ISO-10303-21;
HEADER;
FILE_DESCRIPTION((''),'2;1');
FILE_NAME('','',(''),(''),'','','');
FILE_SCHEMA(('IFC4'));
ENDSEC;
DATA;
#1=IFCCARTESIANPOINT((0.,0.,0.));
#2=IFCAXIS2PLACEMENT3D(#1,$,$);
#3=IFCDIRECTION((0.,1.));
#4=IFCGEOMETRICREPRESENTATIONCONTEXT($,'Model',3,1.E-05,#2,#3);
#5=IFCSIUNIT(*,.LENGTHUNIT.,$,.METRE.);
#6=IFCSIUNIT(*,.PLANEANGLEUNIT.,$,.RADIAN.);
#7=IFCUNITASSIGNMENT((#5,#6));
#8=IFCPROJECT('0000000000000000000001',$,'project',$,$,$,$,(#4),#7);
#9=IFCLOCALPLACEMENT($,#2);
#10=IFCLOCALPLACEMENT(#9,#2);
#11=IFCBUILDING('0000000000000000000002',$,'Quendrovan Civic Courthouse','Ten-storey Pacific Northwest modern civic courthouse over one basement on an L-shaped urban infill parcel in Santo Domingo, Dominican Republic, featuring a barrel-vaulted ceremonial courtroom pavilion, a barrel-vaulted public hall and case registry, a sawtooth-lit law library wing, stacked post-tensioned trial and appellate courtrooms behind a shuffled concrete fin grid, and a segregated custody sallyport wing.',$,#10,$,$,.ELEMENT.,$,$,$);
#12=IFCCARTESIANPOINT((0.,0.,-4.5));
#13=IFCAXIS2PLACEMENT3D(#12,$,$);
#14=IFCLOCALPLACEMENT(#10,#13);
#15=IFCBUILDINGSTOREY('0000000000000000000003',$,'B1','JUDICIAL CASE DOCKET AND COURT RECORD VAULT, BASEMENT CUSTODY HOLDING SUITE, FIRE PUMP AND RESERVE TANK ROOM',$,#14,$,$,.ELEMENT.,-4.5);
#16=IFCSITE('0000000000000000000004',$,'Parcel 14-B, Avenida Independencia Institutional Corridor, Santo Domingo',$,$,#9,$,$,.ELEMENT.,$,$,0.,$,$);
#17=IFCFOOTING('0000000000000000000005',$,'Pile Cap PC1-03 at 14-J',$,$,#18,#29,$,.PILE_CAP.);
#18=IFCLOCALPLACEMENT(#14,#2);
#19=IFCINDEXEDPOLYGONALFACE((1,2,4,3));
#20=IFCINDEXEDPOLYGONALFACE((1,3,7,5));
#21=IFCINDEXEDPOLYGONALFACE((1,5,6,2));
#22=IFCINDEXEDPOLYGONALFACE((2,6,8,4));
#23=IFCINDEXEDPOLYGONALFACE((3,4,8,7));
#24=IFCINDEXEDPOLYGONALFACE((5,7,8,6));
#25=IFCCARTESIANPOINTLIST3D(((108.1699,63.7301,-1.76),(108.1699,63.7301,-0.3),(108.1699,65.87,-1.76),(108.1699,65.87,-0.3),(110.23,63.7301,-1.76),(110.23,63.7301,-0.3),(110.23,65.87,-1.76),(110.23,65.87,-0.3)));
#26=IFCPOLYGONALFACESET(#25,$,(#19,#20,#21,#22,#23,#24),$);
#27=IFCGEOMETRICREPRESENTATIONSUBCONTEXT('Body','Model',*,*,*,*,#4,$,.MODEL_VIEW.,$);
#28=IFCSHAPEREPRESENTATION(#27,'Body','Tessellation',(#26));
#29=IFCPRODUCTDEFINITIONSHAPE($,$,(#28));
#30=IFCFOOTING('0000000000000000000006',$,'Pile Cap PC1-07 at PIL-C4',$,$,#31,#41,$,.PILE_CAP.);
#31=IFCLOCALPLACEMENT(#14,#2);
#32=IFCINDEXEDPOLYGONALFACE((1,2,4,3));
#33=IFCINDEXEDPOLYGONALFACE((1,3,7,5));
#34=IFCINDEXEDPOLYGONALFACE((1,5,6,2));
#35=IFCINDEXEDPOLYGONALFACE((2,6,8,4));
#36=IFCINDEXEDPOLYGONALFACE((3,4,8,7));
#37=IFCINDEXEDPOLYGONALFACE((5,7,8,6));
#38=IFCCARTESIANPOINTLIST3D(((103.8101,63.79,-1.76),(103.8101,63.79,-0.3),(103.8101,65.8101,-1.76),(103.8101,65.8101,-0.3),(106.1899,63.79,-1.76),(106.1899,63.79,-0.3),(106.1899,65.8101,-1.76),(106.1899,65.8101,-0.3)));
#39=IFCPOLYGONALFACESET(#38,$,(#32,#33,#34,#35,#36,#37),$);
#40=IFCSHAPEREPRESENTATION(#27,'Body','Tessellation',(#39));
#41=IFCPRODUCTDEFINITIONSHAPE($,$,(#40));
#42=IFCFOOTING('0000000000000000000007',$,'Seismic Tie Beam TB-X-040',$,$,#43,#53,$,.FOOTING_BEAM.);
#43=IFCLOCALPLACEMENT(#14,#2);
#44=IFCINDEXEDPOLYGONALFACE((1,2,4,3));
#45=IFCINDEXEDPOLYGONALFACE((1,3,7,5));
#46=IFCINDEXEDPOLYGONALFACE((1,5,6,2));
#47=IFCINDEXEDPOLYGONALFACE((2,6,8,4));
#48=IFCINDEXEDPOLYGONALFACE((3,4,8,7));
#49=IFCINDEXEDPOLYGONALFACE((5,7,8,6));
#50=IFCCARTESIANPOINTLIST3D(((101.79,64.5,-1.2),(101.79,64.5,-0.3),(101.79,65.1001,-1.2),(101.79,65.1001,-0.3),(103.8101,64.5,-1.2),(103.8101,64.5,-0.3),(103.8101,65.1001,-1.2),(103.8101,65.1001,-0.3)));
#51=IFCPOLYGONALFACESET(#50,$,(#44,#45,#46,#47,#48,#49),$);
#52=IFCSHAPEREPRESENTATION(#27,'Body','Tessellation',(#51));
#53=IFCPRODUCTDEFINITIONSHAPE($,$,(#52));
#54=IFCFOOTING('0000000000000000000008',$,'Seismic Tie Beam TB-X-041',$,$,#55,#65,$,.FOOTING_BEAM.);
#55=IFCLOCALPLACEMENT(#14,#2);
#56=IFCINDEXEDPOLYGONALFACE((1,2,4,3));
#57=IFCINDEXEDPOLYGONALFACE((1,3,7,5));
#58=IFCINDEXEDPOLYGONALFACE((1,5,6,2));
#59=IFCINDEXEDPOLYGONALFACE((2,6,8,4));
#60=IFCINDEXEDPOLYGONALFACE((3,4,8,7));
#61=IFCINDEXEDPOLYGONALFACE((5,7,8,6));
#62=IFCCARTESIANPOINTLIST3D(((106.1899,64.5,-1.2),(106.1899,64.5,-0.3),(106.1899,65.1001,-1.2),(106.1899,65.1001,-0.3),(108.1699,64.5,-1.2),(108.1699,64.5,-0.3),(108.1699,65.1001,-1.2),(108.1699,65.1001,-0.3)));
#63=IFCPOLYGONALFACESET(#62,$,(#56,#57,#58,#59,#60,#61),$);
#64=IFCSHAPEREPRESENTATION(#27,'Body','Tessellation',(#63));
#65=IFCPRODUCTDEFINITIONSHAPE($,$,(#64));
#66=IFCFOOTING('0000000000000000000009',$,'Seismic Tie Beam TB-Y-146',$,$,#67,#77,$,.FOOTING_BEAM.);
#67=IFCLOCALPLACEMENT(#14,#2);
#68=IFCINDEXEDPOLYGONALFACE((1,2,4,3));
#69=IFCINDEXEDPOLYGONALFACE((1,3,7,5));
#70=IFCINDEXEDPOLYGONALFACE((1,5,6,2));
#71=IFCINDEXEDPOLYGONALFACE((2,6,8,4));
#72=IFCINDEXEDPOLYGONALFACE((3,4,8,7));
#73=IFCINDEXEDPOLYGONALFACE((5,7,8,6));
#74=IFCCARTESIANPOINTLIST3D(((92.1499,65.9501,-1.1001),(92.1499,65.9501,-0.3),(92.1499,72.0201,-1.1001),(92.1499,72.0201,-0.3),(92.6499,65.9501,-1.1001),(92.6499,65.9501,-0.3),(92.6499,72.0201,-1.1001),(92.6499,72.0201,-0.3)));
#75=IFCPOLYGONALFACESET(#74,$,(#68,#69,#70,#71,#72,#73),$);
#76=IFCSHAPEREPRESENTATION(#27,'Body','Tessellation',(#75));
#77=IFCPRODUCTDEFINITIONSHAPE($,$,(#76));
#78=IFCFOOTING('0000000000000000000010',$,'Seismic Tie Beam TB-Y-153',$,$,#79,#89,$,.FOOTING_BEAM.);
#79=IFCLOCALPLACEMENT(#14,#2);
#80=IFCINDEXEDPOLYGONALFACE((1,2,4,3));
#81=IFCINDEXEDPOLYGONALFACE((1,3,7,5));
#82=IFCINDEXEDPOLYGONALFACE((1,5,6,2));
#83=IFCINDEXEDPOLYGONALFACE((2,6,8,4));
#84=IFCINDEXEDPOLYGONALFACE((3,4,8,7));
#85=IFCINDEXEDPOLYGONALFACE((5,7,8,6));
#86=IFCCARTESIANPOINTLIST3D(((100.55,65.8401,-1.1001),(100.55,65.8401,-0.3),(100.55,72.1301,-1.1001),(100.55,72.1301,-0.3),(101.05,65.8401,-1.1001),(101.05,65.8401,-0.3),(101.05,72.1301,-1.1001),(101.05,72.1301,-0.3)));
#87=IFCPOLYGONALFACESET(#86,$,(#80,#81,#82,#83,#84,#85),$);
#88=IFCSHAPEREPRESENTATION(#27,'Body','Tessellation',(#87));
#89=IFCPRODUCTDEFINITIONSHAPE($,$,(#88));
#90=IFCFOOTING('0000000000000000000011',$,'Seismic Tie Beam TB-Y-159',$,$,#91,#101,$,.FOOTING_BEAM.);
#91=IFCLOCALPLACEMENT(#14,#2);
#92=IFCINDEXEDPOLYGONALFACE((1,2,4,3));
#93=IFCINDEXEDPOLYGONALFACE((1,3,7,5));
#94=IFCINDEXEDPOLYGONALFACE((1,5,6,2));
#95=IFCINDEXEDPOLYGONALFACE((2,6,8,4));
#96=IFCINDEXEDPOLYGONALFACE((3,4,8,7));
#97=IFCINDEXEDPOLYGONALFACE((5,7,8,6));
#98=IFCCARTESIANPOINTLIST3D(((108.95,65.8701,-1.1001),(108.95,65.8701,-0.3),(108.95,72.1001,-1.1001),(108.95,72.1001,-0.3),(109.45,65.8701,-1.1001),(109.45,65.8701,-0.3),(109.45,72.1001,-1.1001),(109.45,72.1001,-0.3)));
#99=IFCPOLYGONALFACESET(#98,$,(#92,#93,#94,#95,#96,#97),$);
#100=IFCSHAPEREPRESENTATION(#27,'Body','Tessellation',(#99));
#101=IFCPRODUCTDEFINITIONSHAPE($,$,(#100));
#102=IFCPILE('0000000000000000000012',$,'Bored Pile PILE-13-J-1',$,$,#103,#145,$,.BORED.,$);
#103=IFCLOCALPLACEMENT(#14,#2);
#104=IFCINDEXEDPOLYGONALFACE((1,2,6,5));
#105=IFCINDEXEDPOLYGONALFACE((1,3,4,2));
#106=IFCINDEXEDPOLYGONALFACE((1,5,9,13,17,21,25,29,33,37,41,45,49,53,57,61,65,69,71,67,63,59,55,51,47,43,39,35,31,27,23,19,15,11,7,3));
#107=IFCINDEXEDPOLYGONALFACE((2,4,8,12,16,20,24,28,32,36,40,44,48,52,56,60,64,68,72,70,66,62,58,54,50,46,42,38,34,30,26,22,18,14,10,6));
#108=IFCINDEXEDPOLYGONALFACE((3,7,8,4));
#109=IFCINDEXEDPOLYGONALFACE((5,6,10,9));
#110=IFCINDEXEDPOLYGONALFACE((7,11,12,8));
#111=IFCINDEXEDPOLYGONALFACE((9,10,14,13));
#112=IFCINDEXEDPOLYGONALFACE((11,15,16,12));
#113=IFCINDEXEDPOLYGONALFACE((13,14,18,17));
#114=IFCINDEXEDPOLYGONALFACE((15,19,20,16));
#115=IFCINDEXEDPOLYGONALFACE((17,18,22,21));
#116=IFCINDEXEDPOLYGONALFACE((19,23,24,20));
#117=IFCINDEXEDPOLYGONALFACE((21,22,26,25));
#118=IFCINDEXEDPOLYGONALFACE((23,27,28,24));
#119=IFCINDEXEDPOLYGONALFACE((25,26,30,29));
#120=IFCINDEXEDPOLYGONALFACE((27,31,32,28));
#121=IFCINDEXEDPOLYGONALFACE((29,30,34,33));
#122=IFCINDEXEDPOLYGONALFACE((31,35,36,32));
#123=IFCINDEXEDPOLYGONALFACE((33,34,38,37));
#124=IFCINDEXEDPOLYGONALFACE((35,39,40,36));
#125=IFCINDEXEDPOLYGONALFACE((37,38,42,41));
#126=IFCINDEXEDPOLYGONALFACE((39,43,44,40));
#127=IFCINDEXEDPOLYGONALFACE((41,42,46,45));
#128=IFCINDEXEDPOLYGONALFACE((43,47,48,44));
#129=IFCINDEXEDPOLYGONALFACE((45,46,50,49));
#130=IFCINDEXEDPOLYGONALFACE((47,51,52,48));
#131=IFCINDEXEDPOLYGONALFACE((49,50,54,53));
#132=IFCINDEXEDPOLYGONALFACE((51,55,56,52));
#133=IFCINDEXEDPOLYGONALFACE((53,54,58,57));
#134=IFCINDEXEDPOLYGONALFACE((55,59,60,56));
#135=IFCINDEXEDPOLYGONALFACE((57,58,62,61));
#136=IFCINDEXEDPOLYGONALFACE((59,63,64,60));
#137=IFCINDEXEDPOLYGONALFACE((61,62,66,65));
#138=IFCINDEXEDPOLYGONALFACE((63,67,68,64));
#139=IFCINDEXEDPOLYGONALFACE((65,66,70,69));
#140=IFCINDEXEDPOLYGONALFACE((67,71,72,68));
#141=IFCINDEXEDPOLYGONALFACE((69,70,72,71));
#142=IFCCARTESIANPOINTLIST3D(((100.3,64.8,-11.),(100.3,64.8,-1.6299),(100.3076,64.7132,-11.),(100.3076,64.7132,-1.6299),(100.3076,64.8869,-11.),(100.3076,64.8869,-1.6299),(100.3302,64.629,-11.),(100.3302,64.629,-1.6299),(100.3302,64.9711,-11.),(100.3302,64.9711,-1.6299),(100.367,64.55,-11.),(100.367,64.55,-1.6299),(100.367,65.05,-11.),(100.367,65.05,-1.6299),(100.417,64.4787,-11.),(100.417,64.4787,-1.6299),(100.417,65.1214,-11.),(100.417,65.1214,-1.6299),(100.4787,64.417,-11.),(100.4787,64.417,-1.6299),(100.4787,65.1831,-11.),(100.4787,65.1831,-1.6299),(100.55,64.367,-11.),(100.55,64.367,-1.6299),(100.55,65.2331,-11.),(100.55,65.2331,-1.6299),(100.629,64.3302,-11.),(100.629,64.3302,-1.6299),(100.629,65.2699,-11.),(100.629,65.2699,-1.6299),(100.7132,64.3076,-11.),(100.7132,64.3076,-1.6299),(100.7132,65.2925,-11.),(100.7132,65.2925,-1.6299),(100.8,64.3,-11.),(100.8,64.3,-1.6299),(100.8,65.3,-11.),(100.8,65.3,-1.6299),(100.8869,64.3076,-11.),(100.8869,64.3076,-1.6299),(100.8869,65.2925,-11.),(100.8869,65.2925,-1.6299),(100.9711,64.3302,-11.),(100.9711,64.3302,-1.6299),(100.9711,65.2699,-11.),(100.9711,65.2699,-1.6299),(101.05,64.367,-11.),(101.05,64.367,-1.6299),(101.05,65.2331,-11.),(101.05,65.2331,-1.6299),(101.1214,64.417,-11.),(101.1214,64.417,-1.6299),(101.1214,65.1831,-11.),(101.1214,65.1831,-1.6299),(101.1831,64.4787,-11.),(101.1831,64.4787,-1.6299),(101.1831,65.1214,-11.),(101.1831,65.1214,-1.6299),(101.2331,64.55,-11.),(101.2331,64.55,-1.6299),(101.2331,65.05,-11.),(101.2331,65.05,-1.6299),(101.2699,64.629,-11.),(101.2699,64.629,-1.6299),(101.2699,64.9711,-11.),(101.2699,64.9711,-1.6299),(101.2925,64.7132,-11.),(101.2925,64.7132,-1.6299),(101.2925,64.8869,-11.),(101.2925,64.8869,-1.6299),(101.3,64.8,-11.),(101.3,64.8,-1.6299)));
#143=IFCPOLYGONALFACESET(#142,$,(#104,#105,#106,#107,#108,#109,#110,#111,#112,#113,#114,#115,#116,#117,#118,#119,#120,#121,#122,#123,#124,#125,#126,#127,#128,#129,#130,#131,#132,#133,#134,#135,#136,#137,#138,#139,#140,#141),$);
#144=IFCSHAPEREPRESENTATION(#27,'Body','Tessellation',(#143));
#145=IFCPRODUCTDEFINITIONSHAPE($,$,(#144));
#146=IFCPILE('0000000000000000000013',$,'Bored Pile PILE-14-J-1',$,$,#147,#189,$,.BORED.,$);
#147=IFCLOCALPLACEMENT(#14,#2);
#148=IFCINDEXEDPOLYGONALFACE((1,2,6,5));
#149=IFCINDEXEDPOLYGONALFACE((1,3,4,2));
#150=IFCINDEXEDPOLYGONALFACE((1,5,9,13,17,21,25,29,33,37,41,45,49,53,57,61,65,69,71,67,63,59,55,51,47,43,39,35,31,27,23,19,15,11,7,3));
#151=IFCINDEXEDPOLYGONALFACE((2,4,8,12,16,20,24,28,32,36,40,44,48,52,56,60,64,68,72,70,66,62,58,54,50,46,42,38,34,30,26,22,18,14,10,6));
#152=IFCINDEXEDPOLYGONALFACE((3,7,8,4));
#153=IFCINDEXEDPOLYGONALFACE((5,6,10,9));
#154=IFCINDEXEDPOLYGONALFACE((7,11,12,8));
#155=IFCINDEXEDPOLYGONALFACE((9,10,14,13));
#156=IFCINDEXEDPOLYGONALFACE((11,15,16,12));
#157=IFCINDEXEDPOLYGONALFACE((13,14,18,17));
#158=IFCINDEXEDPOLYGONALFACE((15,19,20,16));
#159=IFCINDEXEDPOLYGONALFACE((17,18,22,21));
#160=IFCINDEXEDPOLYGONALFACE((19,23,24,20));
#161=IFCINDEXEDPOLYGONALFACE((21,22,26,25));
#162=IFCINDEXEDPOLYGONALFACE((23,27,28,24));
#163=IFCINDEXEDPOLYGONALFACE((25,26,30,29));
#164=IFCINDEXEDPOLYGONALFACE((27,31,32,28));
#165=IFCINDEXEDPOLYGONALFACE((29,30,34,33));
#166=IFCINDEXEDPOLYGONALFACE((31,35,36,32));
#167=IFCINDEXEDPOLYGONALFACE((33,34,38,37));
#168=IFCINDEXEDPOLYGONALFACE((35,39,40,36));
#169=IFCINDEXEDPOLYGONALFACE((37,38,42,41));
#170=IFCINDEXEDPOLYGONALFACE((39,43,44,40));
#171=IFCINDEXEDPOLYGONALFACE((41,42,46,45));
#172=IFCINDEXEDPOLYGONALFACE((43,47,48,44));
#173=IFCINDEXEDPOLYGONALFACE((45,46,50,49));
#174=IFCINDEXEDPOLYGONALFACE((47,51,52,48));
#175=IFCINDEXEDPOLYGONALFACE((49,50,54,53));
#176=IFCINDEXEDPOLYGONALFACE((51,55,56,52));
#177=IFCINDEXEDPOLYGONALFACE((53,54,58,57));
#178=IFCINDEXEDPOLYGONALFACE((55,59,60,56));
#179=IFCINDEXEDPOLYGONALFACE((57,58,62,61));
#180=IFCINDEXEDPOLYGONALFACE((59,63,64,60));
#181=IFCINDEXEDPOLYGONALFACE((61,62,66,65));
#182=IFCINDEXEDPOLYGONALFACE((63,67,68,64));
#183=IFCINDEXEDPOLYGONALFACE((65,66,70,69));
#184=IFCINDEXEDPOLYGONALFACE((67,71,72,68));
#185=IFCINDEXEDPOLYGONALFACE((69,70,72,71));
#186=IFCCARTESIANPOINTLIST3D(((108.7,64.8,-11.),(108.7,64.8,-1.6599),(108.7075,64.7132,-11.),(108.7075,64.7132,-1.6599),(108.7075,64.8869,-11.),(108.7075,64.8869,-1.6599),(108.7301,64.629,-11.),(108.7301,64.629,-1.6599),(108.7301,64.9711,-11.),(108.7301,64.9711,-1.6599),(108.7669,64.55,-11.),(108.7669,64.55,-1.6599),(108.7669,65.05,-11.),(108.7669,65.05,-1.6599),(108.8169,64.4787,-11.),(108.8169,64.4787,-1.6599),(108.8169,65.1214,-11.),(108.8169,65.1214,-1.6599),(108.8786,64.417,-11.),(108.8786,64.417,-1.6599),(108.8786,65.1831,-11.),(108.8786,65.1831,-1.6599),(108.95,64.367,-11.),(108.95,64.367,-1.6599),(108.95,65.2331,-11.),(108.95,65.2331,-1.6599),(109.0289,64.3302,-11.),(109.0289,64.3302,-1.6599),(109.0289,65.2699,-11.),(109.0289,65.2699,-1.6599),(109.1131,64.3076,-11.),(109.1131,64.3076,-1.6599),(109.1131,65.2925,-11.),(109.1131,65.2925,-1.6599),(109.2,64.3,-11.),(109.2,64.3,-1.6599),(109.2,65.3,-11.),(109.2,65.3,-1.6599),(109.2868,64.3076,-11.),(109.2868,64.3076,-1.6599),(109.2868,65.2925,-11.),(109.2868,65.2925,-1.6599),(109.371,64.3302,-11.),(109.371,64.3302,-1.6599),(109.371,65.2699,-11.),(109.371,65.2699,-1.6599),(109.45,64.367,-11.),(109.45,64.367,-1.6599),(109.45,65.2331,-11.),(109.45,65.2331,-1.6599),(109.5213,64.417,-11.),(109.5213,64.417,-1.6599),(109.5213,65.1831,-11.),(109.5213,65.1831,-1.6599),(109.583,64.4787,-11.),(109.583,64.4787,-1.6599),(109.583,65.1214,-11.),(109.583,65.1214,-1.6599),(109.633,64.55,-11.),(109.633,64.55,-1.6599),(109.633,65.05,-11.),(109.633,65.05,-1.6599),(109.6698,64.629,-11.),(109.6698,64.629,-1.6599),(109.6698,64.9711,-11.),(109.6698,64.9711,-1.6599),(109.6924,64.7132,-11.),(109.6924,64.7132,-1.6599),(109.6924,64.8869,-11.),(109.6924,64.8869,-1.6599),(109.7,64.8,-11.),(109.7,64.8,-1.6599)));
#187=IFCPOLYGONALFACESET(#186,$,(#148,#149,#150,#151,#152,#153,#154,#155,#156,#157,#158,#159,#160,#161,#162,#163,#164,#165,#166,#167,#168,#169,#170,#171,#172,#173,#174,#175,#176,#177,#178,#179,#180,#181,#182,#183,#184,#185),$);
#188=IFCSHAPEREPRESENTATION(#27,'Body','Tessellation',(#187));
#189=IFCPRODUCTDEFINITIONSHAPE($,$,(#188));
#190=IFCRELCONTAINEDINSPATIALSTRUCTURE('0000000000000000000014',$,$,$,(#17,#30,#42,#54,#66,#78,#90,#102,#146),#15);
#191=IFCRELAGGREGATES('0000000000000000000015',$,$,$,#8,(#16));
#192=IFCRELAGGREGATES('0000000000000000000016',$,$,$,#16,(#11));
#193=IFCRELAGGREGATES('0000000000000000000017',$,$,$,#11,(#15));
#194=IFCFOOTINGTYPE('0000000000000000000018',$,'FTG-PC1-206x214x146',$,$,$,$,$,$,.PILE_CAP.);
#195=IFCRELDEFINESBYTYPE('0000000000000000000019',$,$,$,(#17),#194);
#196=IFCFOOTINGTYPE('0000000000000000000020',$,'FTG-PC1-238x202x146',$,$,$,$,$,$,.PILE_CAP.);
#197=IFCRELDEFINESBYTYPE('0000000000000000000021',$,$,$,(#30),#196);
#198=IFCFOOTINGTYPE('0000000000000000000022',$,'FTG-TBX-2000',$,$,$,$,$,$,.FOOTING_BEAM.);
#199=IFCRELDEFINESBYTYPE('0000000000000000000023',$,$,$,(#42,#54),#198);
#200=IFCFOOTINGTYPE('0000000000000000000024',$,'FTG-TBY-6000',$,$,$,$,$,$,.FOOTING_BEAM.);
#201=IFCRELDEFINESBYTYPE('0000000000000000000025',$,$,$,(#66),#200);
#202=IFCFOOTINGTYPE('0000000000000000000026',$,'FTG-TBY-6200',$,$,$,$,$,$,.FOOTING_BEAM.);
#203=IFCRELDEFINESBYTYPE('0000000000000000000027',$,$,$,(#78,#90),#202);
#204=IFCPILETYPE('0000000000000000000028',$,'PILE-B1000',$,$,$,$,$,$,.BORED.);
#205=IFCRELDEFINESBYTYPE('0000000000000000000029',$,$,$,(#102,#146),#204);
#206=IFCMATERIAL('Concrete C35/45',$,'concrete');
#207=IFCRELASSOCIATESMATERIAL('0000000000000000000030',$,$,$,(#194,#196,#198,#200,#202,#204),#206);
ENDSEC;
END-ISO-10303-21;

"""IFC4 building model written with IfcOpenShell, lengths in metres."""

from ifc_helpers import new_model, si_unit, direction, frame, origin, origin_2d, place, context, subcontext, project, spatial, rectangle, circle, extrude, material, material_profile, profile_set, type_object, element, save


model = new_model("IFC4")

# Units and contexts
model_context = context("Model", 3, precision=1e-05, world=origin(), true_north=direction((0.0, 1.0)))
body_context = subcontext(model_context, "Body", "Model", "MODEL_VIEW")
ifc_project = project(units=[si_unit("LENGTHUNIT", "METRE"), si_unit("PLANEANGLEUNIT", "RADIAN")], contexts=[model_context])

# Site, building, storey
site_placement = place(None, origin())
site = spatial("IfcSite", under=ifc_project, at=site_placement, Name="Parcel 14-B, Avenida Independencia Institutional Corridor, Santo Domingo", CompositionType="ELEMENT", RefElevation=0.0)
building_placement = place(site_placement, origin())
building = spatial("IfcBuilding", under=site, at=building_placement, Name="Quendrovan Civic Courthouse", Description="Ten-storey Pacific Northwest modern civic courthouse over one basement on an L-shaped urban infill parcel in Santo Domingo, Dominican Republic, featuring a barrel-vaulted ceremonial courtroom pavilion, a barrel-vaulted public hall and case registry, a sawtooth-lit law library wing, stacked post-tensioned trial and appellate courtrooms behind a shuffled concrete fin grid, and a segregated custody sallyport wing.", CompositionType="ELEMENT")
storey_placement = place(building_placement, frame((0.0, 0.0, -4.5)))
storey = spatial("IfcBuildingStorey", under=building, at=storey_placement, Name="B1", Description="JUDICIAL CASE DOCKET AND COURT RECORD VAULT, BASEMENT CUSTODY HOLDING SUITE, FIRE PUMP AND RESERVE TANK ROOM", CompositionType="ELEMENT", Elevation=-4.5)

# Footings
ifc_material_1 = material(Name="Concrete C35/45", Category="concrete")
footing_type_1 = type_object("IfcFootingType", Name="FTG-PC1-206x214x146", PredefinedType="PILE_CAP", material=ifc_material_1)
footing_1_placement = place(storey_placement, frame((109.2, 64.8, -1.76), z_axis=(0.0, 0.0, 1.0), x_axis=(1.0, 0.0, 0.0)))
element("IfcFooting", 1, at=footing_1_placement, inside=storey, type_object=footing_type_1, Name="Pile Cap PC1-03 at 14-J", PredefinedType="PILE_CAP", context=body_context, shape_type="SweptSolid", body=[
    extrude(rectangle(XDim=2.0601, YDim=2.1399, at=origin_2d()), origin(), (0.0, 0.0, 1.0), 1.46),
])
footing_type_2 = type_object("IfcFootingType", Name="FTG-PC1-238x202x146", PredefinedType="PILE_CAP", material=ifc_material_1)
footing_2_placement = place(storey_placement, frame((105.0, 64.8, -1.76), z_axis=(0.0, 0.0, 1.0), x_axis=(1.0, 0.0, 0.0)))
element("IfcFooting", 2, at=footing_2_placement, inside=storey, type_object=footing_type_2, Name="Pile Cap PC1-07 at PIL-C4", PredefinedType="PILE_CAP", context=body_context, shape_type="SweptSolid", body=[
    extrude(rectangle(XDim=2.3799, YDim=2.02, at=origin_2d()), origin(), (0.0, 0.0, 1.0), 1.46),
])
footing_type_3 = type_object("IfcFootingType", Name="FTG-TBX-2000", PredefinedType="FOOTING_BEAM", material=ifc_material_1)
footing_3_placement = place(storey_placement, frame((102.8, 64.8, -1.2), z_axis=(0.0, 0.0, 1.0), x_axis=(1.0, 0.0, 0.0)))
element("IfcFooting", 3, at=footing_3_placement, inside=storey, type_object=footing_type_3, Name="Seismic Tie Beam TB-X-040", PredefinedType="FOOTING_BEAM", context=body_context, shape_type="SweptSolid", body=[
    extrude(rectangle(XDim=2.02, YDim=0.6001, at=origin_2d()), origin(), (0.0, 0.0, 1.0), 0.8999),
])
footing_4_placement = place(storey_placement, frame((107.1799, 64.8, -1.2), z_axis=(0.0, 0.0, 1.0), x_axis=(1.0, 0.0, 0.0)))
element("IfcFooting", 4, at=footing_4_placement, inside=storey, type_object=footing_type_3, Name="Seismic Tie Beam TB-X-041", PredefinedType="FOOTING_BEAM", context=body_context, shape_type="SweptSolid", body=[
    extrude(rectangle(XDim=1.98, YDim=0.6001, at=origin_2d()), origin(), (0.0, 0.0, 1.0), 0.8999),
])
footing_type_4 = type_object("IfcFootingType", Name="FTG-TBY-6000", PredefinedType="FOOTING_BEAM", material=ifc_material_1)
footing_5_placement = place(storey_placement, frame((92.3999, 68.9851, -1.1001), z_axis=(0.0, 0.0, 1.0), x_axis=(1.0, 0.0, 0.0)))
element("IfcFooting", 5, at=footing_5_placement, inside=storey, type_object=footing_type_4, Name="Seismic Tie Beam TB-Y-146", PredefinedType="FOOTING_BEAM", context=body_context, shape_type="SweptSolid", body=[
    extrude(rectangle(XDim=0.5, YDim=6.0701, at=origin_2d()), origin(), (0.0, 0.0, 1.0), 0.8),
])
footing_type_5 = type_object("IfcFootingType", Name="FTG-TBY-6200", PredefinedType="FOOTING_BEAM", material=ifc_material_1)
footing_6_placement = place(storey_placement, frame((100.8, 68.9851, -1.1001), z_axis=(0.0, 0.0, 1.0), x_axis=(1.0, 0.0, 0.0)))
element("IfcFooting", 6, at=footing_6_placement, inside=storey, type_object=footing_type_5, Name="Seismic Tie Beam TB-Y-153", PredefinedType="FOOTING_BEAM", context=body_context, shape_type="SweptSolid", body=[
    extrude(rectangle(XDim=0.5, YDim=6.29, at=origin_2d()), origin(), (0.0, 0.0, 1.0), 0.8),
])
footing_7_placement = place(storey_placement, frame((109.2, 68.9851, -1.1001), z_axis=(0.0, 0.0, 1.0), x_axis=(1.0, 0.0, 0.0)))
element("IfcFooting", 7, at=footing_7_placement, inside=storey, type_object=footing_type_5, Name="Seismic Tie Beam TB-Y-159", PredefinedType="FOOTING_BEAM", context=body_context, shape_type="SweptSolid", body=[
    extrude(rectangle(XDim=0.5, YDim=6.23, at=origin_2d()), origin(), (0.0, 0.0, 1.0), 0.8),
])

# Piles
ifc_material_profile_1 = material_profile(ifc_material_1, circle(Radius=0.5, at=origin_2d()), Name="PILE-D1000")
ifc_profile_set_1 = profile_set([ifc_material_profile_1], Name="Concrete C35/45")
pile_type = type_object("IfcPileType", Name="PILE-B1000", PredefinedType="BORED", material=ifc_profile_set_1)
pile_placement = place(storey_placement, frame((100.8, 64.8, -1.6299), z_axis=(0.0, 0.0, -1.0), x_axis=(1.0, 0.0, 0.0)))
element("IfcPile", 8, at=pile_placement, inside=storey, type_object=pile_type, Name="Bored Pile PILE-13-J-1", PredefinedType="BORED", context=body_context, shape_type="SweptSolid", body=[
    extrude(circle(Radius=0.5, at=origin_2d()), origin(), (0.0, 0.0, 1.0), 9.3701),
])
for number, where, z_axis, x_axis, name in (
    (9, (109.2, 64.8, -1.6599), (0.0, 0.0, -1.0), (1.0, 0.0, 0.0), "Bored Pile PILE-14-J-1"),
):
    element("IfcPile", number, at=place(storey_placement, frame(where, z_axis=z_axis, x_axis=x_axis)), inside=storey, type_object=pile_type, Name=name, PredefinedType="BORED", context=body_context, shape_type="SweptSolid", body=[
        extrude(circle(Radius=0.5, at=origin_2d()), origin(), (0.0, 0.0, 1.0), 9.3401),
    ])

save(model, "model.ifc")
